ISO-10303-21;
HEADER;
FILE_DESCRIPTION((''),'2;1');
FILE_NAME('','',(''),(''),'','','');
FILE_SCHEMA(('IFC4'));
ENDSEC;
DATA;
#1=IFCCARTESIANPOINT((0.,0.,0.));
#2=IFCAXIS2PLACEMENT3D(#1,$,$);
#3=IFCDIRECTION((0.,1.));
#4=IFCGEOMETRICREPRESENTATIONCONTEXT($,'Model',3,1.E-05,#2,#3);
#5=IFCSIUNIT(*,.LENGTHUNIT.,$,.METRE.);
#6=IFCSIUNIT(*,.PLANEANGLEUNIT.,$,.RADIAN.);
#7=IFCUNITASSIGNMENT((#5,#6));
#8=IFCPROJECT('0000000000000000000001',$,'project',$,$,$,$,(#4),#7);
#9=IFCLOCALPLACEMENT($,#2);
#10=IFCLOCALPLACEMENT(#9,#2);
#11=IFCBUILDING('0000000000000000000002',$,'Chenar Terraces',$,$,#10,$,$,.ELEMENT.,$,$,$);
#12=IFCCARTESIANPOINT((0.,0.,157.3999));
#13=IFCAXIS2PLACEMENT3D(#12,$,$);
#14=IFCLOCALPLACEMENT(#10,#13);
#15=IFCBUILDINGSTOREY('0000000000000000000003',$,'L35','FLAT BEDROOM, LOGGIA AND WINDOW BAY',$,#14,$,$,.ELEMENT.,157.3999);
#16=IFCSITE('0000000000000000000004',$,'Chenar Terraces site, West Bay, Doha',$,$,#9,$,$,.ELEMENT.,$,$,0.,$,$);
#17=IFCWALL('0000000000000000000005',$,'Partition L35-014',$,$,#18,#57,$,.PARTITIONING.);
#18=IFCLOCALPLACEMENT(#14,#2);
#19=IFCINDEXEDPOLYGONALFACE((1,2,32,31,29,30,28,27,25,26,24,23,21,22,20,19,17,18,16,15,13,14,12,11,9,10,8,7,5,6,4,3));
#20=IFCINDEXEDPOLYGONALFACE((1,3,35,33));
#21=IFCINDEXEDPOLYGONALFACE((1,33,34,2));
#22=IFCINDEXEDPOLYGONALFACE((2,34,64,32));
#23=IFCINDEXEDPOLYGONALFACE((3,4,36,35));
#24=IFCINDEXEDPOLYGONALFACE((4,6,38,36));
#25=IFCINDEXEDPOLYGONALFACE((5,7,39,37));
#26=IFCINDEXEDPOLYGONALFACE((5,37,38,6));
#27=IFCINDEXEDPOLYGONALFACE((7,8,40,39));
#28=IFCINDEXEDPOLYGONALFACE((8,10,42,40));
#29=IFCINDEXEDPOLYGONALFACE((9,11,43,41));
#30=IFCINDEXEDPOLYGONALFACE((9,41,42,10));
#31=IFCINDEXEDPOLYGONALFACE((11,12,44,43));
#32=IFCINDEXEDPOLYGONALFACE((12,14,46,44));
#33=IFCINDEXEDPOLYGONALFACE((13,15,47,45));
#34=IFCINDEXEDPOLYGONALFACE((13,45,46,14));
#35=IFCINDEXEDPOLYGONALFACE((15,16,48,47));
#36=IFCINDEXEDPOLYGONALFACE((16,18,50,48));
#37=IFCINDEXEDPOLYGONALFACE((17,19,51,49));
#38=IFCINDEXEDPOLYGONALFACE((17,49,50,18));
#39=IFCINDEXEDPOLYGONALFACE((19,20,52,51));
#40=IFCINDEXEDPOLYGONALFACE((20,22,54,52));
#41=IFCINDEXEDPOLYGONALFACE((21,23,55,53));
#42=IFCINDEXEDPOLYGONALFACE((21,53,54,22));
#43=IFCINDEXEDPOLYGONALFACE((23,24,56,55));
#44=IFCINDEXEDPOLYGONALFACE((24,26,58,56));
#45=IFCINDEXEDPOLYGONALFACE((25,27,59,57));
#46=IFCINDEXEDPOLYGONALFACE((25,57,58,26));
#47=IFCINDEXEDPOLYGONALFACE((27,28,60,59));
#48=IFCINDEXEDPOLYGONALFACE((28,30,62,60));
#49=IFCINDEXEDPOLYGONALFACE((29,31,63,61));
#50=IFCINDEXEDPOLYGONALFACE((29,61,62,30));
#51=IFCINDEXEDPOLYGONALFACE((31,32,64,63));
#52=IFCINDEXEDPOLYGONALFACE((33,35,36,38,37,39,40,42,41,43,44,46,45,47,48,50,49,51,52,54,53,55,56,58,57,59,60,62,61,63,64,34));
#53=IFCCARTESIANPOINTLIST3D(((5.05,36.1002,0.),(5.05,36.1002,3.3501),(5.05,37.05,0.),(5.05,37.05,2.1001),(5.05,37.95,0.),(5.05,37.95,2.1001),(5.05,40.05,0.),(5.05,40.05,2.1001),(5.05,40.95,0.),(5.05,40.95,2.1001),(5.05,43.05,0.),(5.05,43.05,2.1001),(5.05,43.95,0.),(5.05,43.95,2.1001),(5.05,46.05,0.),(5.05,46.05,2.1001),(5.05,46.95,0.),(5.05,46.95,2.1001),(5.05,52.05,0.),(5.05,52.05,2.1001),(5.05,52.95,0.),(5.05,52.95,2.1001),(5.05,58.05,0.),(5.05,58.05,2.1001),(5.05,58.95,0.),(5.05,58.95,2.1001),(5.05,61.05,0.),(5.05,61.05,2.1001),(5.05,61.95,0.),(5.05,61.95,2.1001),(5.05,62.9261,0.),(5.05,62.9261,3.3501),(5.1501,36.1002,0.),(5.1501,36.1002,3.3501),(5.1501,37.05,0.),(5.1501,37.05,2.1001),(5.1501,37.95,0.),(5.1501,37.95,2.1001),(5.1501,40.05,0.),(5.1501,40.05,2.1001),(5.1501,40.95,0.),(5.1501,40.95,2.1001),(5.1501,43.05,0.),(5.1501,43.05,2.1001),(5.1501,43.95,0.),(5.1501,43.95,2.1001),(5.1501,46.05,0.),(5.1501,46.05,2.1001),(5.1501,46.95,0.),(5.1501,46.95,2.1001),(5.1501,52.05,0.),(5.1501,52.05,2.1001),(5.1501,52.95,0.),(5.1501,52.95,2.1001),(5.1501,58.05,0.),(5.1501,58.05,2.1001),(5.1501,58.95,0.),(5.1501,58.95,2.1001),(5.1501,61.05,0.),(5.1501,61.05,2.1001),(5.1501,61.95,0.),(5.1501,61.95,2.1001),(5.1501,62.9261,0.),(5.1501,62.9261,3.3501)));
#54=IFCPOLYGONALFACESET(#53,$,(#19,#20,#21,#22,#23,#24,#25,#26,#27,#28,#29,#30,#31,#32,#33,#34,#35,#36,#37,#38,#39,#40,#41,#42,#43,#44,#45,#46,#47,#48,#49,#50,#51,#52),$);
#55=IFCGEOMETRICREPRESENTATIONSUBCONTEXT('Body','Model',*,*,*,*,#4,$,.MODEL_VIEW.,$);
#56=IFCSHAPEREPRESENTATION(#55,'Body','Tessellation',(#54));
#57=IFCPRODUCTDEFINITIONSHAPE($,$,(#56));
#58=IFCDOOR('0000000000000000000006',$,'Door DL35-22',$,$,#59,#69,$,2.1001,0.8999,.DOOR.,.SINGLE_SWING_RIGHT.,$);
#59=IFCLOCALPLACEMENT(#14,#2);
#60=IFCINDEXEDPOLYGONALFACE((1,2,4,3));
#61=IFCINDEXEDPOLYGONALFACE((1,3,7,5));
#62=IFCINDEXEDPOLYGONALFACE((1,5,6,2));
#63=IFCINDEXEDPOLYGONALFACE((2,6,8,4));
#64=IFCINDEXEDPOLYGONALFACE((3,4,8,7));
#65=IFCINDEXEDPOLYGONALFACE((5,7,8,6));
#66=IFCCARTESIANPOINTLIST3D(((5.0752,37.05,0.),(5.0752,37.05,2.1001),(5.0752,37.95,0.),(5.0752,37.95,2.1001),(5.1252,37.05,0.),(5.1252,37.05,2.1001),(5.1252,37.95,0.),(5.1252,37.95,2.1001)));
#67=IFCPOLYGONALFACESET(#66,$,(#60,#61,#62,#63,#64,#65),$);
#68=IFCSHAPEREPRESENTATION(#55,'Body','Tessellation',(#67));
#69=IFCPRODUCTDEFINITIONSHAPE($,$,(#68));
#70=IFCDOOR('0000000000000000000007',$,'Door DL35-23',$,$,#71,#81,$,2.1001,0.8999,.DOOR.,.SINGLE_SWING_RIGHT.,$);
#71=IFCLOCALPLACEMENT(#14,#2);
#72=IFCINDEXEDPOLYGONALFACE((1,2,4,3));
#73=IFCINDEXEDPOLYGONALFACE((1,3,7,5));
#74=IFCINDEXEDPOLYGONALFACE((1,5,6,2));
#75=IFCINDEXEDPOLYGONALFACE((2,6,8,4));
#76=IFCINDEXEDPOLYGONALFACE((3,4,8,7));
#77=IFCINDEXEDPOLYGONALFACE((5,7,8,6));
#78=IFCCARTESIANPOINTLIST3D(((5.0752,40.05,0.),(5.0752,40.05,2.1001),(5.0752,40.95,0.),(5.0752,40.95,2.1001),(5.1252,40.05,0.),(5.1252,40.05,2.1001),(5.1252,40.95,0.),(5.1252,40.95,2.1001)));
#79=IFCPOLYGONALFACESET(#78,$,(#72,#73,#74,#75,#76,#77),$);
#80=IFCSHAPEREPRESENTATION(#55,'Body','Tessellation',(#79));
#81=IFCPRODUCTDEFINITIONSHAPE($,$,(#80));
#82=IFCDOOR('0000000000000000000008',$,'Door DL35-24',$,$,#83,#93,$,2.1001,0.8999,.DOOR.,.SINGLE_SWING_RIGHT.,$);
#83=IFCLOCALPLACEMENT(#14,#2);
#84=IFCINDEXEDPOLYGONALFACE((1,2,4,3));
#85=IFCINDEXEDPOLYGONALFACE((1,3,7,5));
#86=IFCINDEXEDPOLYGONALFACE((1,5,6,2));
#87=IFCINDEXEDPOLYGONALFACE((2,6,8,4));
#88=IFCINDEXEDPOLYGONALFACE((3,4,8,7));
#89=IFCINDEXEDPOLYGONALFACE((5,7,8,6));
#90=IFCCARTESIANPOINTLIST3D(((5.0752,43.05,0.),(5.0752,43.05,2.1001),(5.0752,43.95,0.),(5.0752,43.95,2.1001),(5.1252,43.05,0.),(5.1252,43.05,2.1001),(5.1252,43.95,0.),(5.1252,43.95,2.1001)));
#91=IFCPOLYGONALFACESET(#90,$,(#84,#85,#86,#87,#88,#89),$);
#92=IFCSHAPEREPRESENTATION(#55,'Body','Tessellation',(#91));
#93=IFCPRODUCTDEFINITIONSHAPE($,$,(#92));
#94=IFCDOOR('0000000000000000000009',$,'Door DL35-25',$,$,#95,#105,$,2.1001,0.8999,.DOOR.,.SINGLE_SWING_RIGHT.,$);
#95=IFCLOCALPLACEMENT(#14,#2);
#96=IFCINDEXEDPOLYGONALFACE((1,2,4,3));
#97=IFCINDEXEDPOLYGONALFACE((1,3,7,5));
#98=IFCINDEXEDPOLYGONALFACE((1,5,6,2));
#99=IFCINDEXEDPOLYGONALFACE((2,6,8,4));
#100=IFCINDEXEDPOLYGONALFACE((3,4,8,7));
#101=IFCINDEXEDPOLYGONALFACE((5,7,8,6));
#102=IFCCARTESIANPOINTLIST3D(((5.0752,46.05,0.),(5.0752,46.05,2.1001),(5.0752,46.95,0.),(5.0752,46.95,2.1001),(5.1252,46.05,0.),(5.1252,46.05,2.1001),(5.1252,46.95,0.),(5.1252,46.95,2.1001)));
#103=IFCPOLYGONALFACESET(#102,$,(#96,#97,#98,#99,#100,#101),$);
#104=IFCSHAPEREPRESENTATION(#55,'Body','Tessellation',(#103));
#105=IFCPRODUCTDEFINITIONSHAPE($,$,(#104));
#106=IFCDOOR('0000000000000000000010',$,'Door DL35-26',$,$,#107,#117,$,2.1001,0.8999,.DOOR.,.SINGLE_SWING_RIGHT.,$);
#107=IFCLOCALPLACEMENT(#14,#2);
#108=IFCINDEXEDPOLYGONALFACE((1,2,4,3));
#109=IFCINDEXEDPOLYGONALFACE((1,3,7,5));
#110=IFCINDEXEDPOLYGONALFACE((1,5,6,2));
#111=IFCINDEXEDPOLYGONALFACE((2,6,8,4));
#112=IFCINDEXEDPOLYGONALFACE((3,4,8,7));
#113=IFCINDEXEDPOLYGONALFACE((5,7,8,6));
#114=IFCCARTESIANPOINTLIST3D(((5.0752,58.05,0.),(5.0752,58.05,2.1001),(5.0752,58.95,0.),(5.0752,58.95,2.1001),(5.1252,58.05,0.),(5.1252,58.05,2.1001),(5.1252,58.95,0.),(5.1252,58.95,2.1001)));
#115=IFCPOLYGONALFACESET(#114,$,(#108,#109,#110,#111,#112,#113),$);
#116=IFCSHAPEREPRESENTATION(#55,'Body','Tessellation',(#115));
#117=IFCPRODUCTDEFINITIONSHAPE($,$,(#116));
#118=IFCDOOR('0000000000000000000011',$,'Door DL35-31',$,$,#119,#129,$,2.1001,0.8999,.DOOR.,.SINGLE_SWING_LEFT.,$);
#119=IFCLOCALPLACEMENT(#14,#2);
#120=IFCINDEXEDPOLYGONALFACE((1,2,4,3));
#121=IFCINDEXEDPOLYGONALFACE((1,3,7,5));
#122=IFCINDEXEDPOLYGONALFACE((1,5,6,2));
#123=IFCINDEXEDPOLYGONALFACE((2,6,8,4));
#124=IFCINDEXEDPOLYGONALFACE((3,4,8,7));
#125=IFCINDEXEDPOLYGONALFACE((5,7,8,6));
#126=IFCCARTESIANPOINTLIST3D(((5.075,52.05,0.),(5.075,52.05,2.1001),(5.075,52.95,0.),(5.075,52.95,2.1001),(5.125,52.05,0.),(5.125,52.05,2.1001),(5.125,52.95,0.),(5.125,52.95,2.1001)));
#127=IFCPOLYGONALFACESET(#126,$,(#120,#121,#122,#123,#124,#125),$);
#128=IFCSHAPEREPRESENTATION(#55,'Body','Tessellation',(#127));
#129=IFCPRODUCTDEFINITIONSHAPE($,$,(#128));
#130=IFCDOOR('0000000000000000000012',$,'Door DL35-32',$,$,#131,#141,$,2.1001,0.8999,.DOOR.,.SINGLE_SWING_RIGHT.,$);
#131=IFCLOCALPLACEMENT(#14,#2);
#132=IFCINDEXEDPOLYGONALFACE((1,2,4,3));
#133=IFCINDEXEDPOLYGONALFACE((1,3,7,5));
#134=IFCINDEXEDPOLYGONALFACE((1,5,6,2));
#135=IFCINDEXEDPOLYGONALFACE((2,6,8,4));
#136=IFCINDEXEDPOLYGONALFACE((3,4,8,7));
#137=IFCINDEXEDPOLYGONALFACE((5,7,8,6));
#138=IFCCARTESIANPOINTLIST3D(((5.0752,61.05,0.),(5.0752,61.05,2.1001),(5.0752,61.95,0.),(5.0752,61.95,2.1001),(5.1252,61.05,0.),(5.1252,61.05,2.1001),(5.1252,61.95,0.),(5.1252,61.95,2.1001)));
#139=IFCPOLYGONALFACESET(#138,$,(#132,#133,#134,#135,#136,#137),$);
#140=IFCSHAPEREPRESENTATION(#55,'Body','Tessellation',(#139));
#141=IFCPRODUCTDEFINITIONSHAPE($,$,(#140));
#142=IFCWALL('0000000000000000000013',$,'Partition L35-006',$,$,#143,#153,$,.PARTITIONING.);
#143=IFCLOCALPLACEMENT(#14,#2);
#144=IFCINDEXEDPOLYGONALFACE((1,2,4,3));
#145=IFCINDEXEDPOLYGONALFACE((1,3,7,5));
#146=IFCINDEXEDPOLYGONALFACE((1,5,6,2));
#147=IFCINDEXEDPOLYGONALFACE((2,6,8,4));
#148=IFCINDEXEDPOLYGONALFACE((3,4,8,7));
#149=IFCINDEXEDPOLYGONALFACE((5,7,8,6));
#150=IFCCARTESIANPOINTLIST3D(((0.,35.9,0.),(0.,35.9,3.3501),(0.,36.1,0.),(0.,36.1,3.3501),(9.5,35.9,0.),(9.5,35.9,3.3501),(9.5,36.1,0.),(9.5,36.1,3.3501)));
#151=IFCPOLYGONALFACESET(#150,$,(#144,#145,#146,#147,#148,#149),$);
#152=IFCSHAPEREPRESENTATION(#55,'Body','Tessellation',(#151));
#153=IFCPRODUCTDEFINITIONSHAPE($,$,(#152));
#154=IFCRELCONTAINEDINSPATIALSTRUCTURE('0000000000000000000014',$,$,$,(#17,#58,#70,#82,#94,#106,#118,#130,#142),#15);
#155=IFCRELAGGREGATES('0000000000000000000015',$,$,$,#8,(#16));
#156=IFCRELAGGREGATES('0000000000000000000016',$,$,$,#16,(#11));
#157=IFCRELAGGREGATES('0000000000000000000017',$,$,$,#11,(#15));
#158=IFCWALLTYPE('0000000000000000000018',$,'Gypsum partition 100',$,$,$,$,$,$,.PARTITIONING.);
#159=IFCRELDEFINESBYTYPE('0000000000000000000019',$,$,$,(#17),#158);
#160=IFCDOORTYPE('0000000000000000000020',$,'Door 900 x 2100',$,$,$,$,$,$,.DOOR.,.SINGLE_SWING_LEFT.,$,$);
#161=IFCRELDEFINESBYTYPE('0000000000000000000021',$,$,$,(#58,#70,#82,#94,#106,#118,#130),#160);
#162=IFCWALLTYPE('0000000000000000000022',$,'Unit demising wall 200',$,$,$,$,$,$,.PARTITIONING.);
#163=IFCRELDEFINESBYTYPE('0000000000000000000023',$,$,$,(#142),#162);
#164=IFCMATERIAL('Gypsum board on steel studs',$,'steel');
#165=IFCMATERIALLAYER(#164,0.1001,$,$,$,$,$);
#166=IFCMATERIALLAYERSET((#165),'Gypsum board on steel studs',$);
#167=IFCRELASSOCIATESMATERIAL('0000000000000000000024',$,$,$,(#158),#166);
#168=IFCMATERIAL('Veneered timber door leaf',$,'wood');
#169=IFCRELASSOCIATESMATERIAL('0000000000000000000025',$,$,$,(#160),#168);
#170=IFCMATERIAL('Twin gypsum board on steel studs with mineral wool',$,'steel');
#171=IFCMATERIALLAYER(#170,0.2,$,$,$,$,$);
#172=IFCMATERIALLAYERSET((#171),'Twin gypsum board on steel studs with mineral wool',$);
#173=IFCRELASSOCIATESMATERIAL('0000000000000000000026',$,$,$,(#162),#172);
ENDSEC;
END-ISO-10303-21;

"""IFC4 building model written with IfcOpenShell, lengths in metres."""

from ifc_helpers import new_model, si_unit, direction, frame, frame_2d, origin, place, context, subcontext, project, spatial, rectangle, extrude, material, layer, layer_set, type_object, element, fill, save


model = new_model("IFC4")

# Units and contexts
model_context = context("Model", 3, precision=1e-05, world=origin(), true_north=direction((0.0, 1.0)))
body_context = subcontext(model_context, "Body", "Model", "MODEL_VIEW")
ifc_project = project(units=[si_unit("LENGTHUNIT", "METRE"), si_unit("PLANEANGLEUNIT", "RADIAN")], contexts=[model_context])

# Site, building, storey
site_placement = place(None, origin())
site = spatial("IfcSite", under=ifc_project, at=site_placement, Name="Chenar Terraces site, West Bay, Doha", CompositionType="ELEMENT", RefElevation=0.0)
building_placement = place(site_placement, origin())
building = spatial("IfcBuilding", under=site, at=building_placement, Name="Chenar Terraces", CompositionType="ELEMENT")
storey_placement = place(building_placement, frame((0.0, 0.0, 157.3999)))
storey = spatial("IfcBuildingStorey", under=building, at=storey_placement, Name="L35", Description="FLAT BEDROOM, LOGGIA AND WINDOW BAY", CompositionType="ELEMENT", Elevation=157.3999)

# Shared definitions
placement = place(storey_placement, frame((0.0, 36.0, 0.0), z_axis=(0.0, 0.0, 1.0), x_axis=(1.0, 0.0, 0.0)))

# Shared definitions
ifc_material_1 = material(Name="Gypsum board on steel studs", Category="steel")
ifc_layer_1 = layer(ifc_material_1, 0.1001)
ifc_layer_set_1 = layer_set([ifc_layer_1], Name="Gypsum board on steel studs")
wall_type_1 = type_object("IfcWallType", Name="Gypsum partition 100", PredefinedType="PARTITIONING", material=ifc_layer_set_1)

# Wall, openings, doors
wall_1_placement = place(storey_placement, frame((5.1001, 36.1001, 0.0), z_axis=(0.0, 0.0, 1.0), x_axis=(0.0, 1.0, 0.0)))
wall_1 = element("IfcWall", 1, at=wall_1_placement, inside=storey, type_object=wall_type_1, Name="Partition L35-014", PredefinedType="PARTITIONING", context=body_context, shape_type="SweptSolid", body=[
    extrude(rectangle(XDim=26.8259, YDim=0.1001, at=frame_2d((13.4131, 0.0))), origin(), (0.0, 0.0, 1.0), 3.3501),
])
opening_1_placement = place(wall_1_placement, frame((0.95, 0.0, 0.0)))
opening_1 = element("IfcOpeningElement", 2, at=opening_1_placement, cuts=wall_1, PredefinedType="OPENING", context=body_context, shape_type="SweptSolid", body=[
    extrude(rectangle(XDim=0.8999, YDim=2.1001, at=frame_2d((0.45, 1.05))), frame((0.0, 0.0601, 0.0), z_axis=(0.0, -1.0, 0.0), x_axis=(1.0, 0.0, 0.0)), (0.0, 0.0, 1.0), 0.1201),
])
opening_2_placement = place(wall_1_placement, frame((3.95, 0.0, 0.0)))
opening_2 = element("IfcOpeningElement", 3, at=opening_2_placement, cuts=wall_1, PredefinedType="OPENING", context=body_context, shape_type="SweptSolid", body=[
    extrude(rectangle(XDim=0.8999, YDim=2.1001, at=frame_2d((0.45, 1.05))), frame((0.0, 0.0601, 0.0), z_axis=(0.0, -1.0, 0.0), x_axis=(1.0, 0.0, 0.0)), (0.0, 0.0, 1.0), 0.1201),
])
opening_3_placement = place(wall_1_placement, frame((6.95, 0.0, 0.0)))
opening_3 = element("IfcOpeningElement", 4, at=opening_3_placement, cuts=wall_1, PredefinedType="OPENING", context=body_context, shape_type="SweptSolid", body=[
    extrude(rectangle(XDim=0.8999, YDim=2.1001, at=frame_2d((0.45, 1.05))), frame((0.0, 0.0601, 0.0), z_axis=(0.0, -1.0, 0.0), x_axis=(1.0, 0.0, 0.0)), (0.0, 0.0, 1.0), 0.1201),
])
opening_4_placement = place(wall_1_placement, frame((9.95, 0.0, 0.0)))
opening_4 = element("IfcOpeningElement", 5, at=opening_4_placement, cuts=wall_1, PredefinedType="OPENING", context=body_context, shape_type="SweptSolid", body=[
    extrude(rectangle(XDim=0.8999, YDim=2.1001, at=frame_2d((0.45, 1.05))), frame((0.0, 0.0601, 0.0), z_axis=(0.0, -1.0, 0.0), x_axis=(1.0, 0.0, 0.0)), (0.0, 0.0, 1.0), 0.1201),
])
opening_5_placement = place(wall_1_placement, frame((21.95, 0.0, 0.0)))
opening_5 = element("IfcOpeningElement", 6, at=opening_5_placement, cuts=wall_1, PredefinedType="OPENING", context=body_context, shape_type="SweptSolid", body=[
    extrude(rectangle(XDim=0.8999, YDim=2.1001, at=frame_2d((0.45, 1.05))), frame((0.0, 0.0601, 0.0), z_axis=(0.0, -1.0, 0.0), x_axis=(1.0, 0.0, 0.0)), (0.0, 0.0, 1.0), 0.1201),
])
opening_6_placement = place(wall_1_placement, frame((15.95, 0.0, 0.0)))
opening_6 = element("IfcOpeningElement", 7, at=opening_6_placement, cuts=wall_1, PredefinedType="OPENING", context=body_context, shape_type="SweptSolid", body=[
    extrude(rectangle(XDim=0.8999, YDim=2.1001, at=frame_2d((0.45, 1.05))), frame((0.0, 0.0601, 0.0), z_axis=(0.0, -1.0, 0.0), x_axis=(1.0, 0.0, 0.0)), (0.0, 0.0, 1.0), 0.1201),
])
opening_7_placement = place(wall_1_placement, frame((24.95, 0.0, 0.0)))
opening_7 = element("IfcOpeningElement", 8, at=opening_7_placement, cuts=wall_1, PredefinedType="OPENING", context=body_context, shape_type="SweptSolid", body=[
    extrude(rectangle(XDim=0.8999, YDim=2.1001, at=frame_2d((0.45, 1.05))), frame((0.0, 0.0601, 0.0), z_axis=(0.0, -1.0, 0.0), x_axis=(1.0, 0.0, 0.0)), (0.0, 0.0, 1.0), 0.1201),
])
ifc_material_2 = material(Name="Veneered timber door leaf", Category="wood")
door_type_1 = type_object("IfcDoorType", Name="Door 900 x 2100", OperationType="SINGLE_SWING_LEFT", PredefinedType="DOOR", material=ifc_material_2)
door_1_placement = place(opening_1_placement, origin())
door_1 = element("IfcDoor", 9, at=door_1_placement, inside=storey, type_object=door_type_1, Name="Door DL35-22", OperationType="SINGLE_SWING_RIGHT", OverallHeight=2.1001, OverallWidth=0.8999, PredefinedType="DOOR", context=body_context, shape_type="SweptSolid", body=[
    extrude(rectangle(XDim=0.8999, YDim=2.1001, at=frame_2d((0.45, 1.05))), frame((0.0, 0.0249, 0.0), z_axis=(0.0, -1.0, 0.0), x_axis=(1.0, 0.0, 0.0)), (0.0, 0.0, 1.0), 0.05),
])
fill(opening_1, door_1)
door_2_placement = place(opening_2_placement, origin())
door_2 = element("IfcDoor", 10, at=door_2_placement, inside=storey, type_object=door_type_1, Name="Door DL35-23", OperationType="SINGLE_SWING_RIGHT", OverallHeight=2.1001, OverallWidth=0.8999, PredefinedType="DOOR", context=body_context, shape_type="SweptSolid", body=[
    extrude(rectangle(XDim=0.8999, YDim=2.1001, at=frame_2d((0.45, 1.05))), frame((0.0, 0.0249, 0.0), z_axis=(0.0, -1.0, 0.0), x_axis=(1.0, 0.0, 0.0)), (0.0, 0.0, 1.0), 0.05),
])
fill(opening_2, door_2)
door_3_placement = place(opening_3_placement, origin())
door_3 = element("IfcDoor", 11, at=door_3_placement, inside=storey, type_object=door_type_1, Name="Door DL35-24", OperationType="SINGLE_SWING_RIGHT", OverallHeight=2.1001, OverallWidth=0.8999, PredefinedType="DOOR", context=body_context, shape_type="SweptSolid", body=[
    extrude(rectangle(XDim=0.8999, YDim=2.1001, at=frame_2d((0.45, 1.05))), frame((0.0, 0.0249, 0.0), z_axis=(0.0, -1.0, 0.0), x_axis=(1.0, 0.0, 0.0)), (0.0, 0.0, 1.0), 0.05),
])
fill(opening_3, door_3)
door_4_placement = place(opening_4_placement, origin())
door_4 = element("IfcDoor", 12, at=door_4_placement, inside=storey, type_object=door_type_1, Name="Door DL35-25", OperationType="SINGLE_SWING_RIGHT", OverallHeight=2.1001, OverallWidth=0.8999, PredefinedType="DOOR", context=body_context, shape_type="SweptSolid", body=[
    extrude(rectangle(XDim=0.8999, YDim=2.1001, at=frame_2d((0.45, 1.05))), frame((0.0, 0.0249, 0.0), z_axis=(0.0, -1.0, 0.0), x_axis=(1.0, 0.0, 0.0)), (0.0, 0.0, 1.0), 0.05),
])
fill(opening_4, door_4)
door_5_placement = place(opening_5_placement, origin())
door_5 = element("IfcDoor", 13, at=door_5_placement, inside=storey, type_object=door_type_1, Name="Door DL35-26", OperationType="SINGLE_SWING_RIGHT", OverallHeight=2.1001, OverallWidth=0.8999, PredefinedType="DOOR", context=body_context, shape_type="SweptSolid", body=[
    extrude(rectangle(XDim=0.8999, YDim=2.1001, at=frame_2d((0.45, 1.05))), frame((0.0, 0.0249, 0.0), z_axis=(0.0, -1.0, 0.0), x_axis=(1.0, 0.0, 0.0)), (0.0, 0.0, 1.0), 0.05),
])
fill(opening_5, door_5)
door_6_placement = place(opening_6_placement, frame((0.8999, 0.0, 0.0), z_axis=(0.0, 0.0, 1.0), x_axis=(-1.0, 0.0, 0.0)))
door_6 = element("IfcDoor", 14, at=door_6_placement, inside=storey, type_object=door_type_1, Name="Door DL35-31", OperationType="SINGLE_SWING_LEFT", OverallHeight=2.1001, OverallWidth=0.8999, PredefinedType="DOOR", context=body_context, shape_type="SweptSolid", body=[
    extrude(rectangle(XDim=0.8999, YDim=2.1001, at=frame_2d((0.45, 1.05))), frame((0.0, 0.0249, 0.0), z_axis=(0.0, -1.0, 0.0), x_axis=(1.0, 0.0, 0.0)), (0.0, 0.0, 1.0), 0.05),
])
fill(opening_6, door_6)
door_7_placement = place(opening_7_placement, origin())
door_7 = element("IfcDoor", 15, at=door_7_placement, inside=storey, type_object=door_type_1, Name="Door DL35-32", OperationType="SINGLE_SWING_RIGHT", OverallHeight=2.1001, OverallWidth=0.8999, PredefinedType="DOOR", context=body_context, shape_type="SweptSolid", body=[
    extrude(rectangle(XDim=0.8999, YDim=2.1001, at=frame_2d((0.45, 1.05))), frame((0.0, 0.0249, 0.0), z_axis=(0.0, -1.0, 0.0), x_axis=(1.0, 0.0, 0.0)), (0.0, 0.0, 1.0), 0.05),
])
fill(opening_7, door_7)

# Wall
ifc_material_3 = material(Name="Twin gypsum board on steel studs with mineral wool", Category="steel")
ifc_layer_2 = layer(ifc_material_3, 0.2)
ifc_layer_set_2 = layer_set([ifc_layer_2], Name="Twin gypsum board on steel studs with mineral wool")
wall_type_2 = type_object("IfcWallType", Name="Unit demising wall 200", PredefinedType="PARTITIONING", material=ifc_layer_set_2)
element("IfcWall", 16, at=placement, inside=storey, type_object=wall_type_2, Name="Partition L35-006", PredefinedType="PARTITIONING", context=body_context, shape_type="SweptSolid", body=[
    extrude(rectangle(XDim=9.5, YDim=0.2, at=frame_2d((4.75, 0.0))), origin(), (0.0, 0.0, 1.0), 3.3501),
])

save(model, "model.ifc")
